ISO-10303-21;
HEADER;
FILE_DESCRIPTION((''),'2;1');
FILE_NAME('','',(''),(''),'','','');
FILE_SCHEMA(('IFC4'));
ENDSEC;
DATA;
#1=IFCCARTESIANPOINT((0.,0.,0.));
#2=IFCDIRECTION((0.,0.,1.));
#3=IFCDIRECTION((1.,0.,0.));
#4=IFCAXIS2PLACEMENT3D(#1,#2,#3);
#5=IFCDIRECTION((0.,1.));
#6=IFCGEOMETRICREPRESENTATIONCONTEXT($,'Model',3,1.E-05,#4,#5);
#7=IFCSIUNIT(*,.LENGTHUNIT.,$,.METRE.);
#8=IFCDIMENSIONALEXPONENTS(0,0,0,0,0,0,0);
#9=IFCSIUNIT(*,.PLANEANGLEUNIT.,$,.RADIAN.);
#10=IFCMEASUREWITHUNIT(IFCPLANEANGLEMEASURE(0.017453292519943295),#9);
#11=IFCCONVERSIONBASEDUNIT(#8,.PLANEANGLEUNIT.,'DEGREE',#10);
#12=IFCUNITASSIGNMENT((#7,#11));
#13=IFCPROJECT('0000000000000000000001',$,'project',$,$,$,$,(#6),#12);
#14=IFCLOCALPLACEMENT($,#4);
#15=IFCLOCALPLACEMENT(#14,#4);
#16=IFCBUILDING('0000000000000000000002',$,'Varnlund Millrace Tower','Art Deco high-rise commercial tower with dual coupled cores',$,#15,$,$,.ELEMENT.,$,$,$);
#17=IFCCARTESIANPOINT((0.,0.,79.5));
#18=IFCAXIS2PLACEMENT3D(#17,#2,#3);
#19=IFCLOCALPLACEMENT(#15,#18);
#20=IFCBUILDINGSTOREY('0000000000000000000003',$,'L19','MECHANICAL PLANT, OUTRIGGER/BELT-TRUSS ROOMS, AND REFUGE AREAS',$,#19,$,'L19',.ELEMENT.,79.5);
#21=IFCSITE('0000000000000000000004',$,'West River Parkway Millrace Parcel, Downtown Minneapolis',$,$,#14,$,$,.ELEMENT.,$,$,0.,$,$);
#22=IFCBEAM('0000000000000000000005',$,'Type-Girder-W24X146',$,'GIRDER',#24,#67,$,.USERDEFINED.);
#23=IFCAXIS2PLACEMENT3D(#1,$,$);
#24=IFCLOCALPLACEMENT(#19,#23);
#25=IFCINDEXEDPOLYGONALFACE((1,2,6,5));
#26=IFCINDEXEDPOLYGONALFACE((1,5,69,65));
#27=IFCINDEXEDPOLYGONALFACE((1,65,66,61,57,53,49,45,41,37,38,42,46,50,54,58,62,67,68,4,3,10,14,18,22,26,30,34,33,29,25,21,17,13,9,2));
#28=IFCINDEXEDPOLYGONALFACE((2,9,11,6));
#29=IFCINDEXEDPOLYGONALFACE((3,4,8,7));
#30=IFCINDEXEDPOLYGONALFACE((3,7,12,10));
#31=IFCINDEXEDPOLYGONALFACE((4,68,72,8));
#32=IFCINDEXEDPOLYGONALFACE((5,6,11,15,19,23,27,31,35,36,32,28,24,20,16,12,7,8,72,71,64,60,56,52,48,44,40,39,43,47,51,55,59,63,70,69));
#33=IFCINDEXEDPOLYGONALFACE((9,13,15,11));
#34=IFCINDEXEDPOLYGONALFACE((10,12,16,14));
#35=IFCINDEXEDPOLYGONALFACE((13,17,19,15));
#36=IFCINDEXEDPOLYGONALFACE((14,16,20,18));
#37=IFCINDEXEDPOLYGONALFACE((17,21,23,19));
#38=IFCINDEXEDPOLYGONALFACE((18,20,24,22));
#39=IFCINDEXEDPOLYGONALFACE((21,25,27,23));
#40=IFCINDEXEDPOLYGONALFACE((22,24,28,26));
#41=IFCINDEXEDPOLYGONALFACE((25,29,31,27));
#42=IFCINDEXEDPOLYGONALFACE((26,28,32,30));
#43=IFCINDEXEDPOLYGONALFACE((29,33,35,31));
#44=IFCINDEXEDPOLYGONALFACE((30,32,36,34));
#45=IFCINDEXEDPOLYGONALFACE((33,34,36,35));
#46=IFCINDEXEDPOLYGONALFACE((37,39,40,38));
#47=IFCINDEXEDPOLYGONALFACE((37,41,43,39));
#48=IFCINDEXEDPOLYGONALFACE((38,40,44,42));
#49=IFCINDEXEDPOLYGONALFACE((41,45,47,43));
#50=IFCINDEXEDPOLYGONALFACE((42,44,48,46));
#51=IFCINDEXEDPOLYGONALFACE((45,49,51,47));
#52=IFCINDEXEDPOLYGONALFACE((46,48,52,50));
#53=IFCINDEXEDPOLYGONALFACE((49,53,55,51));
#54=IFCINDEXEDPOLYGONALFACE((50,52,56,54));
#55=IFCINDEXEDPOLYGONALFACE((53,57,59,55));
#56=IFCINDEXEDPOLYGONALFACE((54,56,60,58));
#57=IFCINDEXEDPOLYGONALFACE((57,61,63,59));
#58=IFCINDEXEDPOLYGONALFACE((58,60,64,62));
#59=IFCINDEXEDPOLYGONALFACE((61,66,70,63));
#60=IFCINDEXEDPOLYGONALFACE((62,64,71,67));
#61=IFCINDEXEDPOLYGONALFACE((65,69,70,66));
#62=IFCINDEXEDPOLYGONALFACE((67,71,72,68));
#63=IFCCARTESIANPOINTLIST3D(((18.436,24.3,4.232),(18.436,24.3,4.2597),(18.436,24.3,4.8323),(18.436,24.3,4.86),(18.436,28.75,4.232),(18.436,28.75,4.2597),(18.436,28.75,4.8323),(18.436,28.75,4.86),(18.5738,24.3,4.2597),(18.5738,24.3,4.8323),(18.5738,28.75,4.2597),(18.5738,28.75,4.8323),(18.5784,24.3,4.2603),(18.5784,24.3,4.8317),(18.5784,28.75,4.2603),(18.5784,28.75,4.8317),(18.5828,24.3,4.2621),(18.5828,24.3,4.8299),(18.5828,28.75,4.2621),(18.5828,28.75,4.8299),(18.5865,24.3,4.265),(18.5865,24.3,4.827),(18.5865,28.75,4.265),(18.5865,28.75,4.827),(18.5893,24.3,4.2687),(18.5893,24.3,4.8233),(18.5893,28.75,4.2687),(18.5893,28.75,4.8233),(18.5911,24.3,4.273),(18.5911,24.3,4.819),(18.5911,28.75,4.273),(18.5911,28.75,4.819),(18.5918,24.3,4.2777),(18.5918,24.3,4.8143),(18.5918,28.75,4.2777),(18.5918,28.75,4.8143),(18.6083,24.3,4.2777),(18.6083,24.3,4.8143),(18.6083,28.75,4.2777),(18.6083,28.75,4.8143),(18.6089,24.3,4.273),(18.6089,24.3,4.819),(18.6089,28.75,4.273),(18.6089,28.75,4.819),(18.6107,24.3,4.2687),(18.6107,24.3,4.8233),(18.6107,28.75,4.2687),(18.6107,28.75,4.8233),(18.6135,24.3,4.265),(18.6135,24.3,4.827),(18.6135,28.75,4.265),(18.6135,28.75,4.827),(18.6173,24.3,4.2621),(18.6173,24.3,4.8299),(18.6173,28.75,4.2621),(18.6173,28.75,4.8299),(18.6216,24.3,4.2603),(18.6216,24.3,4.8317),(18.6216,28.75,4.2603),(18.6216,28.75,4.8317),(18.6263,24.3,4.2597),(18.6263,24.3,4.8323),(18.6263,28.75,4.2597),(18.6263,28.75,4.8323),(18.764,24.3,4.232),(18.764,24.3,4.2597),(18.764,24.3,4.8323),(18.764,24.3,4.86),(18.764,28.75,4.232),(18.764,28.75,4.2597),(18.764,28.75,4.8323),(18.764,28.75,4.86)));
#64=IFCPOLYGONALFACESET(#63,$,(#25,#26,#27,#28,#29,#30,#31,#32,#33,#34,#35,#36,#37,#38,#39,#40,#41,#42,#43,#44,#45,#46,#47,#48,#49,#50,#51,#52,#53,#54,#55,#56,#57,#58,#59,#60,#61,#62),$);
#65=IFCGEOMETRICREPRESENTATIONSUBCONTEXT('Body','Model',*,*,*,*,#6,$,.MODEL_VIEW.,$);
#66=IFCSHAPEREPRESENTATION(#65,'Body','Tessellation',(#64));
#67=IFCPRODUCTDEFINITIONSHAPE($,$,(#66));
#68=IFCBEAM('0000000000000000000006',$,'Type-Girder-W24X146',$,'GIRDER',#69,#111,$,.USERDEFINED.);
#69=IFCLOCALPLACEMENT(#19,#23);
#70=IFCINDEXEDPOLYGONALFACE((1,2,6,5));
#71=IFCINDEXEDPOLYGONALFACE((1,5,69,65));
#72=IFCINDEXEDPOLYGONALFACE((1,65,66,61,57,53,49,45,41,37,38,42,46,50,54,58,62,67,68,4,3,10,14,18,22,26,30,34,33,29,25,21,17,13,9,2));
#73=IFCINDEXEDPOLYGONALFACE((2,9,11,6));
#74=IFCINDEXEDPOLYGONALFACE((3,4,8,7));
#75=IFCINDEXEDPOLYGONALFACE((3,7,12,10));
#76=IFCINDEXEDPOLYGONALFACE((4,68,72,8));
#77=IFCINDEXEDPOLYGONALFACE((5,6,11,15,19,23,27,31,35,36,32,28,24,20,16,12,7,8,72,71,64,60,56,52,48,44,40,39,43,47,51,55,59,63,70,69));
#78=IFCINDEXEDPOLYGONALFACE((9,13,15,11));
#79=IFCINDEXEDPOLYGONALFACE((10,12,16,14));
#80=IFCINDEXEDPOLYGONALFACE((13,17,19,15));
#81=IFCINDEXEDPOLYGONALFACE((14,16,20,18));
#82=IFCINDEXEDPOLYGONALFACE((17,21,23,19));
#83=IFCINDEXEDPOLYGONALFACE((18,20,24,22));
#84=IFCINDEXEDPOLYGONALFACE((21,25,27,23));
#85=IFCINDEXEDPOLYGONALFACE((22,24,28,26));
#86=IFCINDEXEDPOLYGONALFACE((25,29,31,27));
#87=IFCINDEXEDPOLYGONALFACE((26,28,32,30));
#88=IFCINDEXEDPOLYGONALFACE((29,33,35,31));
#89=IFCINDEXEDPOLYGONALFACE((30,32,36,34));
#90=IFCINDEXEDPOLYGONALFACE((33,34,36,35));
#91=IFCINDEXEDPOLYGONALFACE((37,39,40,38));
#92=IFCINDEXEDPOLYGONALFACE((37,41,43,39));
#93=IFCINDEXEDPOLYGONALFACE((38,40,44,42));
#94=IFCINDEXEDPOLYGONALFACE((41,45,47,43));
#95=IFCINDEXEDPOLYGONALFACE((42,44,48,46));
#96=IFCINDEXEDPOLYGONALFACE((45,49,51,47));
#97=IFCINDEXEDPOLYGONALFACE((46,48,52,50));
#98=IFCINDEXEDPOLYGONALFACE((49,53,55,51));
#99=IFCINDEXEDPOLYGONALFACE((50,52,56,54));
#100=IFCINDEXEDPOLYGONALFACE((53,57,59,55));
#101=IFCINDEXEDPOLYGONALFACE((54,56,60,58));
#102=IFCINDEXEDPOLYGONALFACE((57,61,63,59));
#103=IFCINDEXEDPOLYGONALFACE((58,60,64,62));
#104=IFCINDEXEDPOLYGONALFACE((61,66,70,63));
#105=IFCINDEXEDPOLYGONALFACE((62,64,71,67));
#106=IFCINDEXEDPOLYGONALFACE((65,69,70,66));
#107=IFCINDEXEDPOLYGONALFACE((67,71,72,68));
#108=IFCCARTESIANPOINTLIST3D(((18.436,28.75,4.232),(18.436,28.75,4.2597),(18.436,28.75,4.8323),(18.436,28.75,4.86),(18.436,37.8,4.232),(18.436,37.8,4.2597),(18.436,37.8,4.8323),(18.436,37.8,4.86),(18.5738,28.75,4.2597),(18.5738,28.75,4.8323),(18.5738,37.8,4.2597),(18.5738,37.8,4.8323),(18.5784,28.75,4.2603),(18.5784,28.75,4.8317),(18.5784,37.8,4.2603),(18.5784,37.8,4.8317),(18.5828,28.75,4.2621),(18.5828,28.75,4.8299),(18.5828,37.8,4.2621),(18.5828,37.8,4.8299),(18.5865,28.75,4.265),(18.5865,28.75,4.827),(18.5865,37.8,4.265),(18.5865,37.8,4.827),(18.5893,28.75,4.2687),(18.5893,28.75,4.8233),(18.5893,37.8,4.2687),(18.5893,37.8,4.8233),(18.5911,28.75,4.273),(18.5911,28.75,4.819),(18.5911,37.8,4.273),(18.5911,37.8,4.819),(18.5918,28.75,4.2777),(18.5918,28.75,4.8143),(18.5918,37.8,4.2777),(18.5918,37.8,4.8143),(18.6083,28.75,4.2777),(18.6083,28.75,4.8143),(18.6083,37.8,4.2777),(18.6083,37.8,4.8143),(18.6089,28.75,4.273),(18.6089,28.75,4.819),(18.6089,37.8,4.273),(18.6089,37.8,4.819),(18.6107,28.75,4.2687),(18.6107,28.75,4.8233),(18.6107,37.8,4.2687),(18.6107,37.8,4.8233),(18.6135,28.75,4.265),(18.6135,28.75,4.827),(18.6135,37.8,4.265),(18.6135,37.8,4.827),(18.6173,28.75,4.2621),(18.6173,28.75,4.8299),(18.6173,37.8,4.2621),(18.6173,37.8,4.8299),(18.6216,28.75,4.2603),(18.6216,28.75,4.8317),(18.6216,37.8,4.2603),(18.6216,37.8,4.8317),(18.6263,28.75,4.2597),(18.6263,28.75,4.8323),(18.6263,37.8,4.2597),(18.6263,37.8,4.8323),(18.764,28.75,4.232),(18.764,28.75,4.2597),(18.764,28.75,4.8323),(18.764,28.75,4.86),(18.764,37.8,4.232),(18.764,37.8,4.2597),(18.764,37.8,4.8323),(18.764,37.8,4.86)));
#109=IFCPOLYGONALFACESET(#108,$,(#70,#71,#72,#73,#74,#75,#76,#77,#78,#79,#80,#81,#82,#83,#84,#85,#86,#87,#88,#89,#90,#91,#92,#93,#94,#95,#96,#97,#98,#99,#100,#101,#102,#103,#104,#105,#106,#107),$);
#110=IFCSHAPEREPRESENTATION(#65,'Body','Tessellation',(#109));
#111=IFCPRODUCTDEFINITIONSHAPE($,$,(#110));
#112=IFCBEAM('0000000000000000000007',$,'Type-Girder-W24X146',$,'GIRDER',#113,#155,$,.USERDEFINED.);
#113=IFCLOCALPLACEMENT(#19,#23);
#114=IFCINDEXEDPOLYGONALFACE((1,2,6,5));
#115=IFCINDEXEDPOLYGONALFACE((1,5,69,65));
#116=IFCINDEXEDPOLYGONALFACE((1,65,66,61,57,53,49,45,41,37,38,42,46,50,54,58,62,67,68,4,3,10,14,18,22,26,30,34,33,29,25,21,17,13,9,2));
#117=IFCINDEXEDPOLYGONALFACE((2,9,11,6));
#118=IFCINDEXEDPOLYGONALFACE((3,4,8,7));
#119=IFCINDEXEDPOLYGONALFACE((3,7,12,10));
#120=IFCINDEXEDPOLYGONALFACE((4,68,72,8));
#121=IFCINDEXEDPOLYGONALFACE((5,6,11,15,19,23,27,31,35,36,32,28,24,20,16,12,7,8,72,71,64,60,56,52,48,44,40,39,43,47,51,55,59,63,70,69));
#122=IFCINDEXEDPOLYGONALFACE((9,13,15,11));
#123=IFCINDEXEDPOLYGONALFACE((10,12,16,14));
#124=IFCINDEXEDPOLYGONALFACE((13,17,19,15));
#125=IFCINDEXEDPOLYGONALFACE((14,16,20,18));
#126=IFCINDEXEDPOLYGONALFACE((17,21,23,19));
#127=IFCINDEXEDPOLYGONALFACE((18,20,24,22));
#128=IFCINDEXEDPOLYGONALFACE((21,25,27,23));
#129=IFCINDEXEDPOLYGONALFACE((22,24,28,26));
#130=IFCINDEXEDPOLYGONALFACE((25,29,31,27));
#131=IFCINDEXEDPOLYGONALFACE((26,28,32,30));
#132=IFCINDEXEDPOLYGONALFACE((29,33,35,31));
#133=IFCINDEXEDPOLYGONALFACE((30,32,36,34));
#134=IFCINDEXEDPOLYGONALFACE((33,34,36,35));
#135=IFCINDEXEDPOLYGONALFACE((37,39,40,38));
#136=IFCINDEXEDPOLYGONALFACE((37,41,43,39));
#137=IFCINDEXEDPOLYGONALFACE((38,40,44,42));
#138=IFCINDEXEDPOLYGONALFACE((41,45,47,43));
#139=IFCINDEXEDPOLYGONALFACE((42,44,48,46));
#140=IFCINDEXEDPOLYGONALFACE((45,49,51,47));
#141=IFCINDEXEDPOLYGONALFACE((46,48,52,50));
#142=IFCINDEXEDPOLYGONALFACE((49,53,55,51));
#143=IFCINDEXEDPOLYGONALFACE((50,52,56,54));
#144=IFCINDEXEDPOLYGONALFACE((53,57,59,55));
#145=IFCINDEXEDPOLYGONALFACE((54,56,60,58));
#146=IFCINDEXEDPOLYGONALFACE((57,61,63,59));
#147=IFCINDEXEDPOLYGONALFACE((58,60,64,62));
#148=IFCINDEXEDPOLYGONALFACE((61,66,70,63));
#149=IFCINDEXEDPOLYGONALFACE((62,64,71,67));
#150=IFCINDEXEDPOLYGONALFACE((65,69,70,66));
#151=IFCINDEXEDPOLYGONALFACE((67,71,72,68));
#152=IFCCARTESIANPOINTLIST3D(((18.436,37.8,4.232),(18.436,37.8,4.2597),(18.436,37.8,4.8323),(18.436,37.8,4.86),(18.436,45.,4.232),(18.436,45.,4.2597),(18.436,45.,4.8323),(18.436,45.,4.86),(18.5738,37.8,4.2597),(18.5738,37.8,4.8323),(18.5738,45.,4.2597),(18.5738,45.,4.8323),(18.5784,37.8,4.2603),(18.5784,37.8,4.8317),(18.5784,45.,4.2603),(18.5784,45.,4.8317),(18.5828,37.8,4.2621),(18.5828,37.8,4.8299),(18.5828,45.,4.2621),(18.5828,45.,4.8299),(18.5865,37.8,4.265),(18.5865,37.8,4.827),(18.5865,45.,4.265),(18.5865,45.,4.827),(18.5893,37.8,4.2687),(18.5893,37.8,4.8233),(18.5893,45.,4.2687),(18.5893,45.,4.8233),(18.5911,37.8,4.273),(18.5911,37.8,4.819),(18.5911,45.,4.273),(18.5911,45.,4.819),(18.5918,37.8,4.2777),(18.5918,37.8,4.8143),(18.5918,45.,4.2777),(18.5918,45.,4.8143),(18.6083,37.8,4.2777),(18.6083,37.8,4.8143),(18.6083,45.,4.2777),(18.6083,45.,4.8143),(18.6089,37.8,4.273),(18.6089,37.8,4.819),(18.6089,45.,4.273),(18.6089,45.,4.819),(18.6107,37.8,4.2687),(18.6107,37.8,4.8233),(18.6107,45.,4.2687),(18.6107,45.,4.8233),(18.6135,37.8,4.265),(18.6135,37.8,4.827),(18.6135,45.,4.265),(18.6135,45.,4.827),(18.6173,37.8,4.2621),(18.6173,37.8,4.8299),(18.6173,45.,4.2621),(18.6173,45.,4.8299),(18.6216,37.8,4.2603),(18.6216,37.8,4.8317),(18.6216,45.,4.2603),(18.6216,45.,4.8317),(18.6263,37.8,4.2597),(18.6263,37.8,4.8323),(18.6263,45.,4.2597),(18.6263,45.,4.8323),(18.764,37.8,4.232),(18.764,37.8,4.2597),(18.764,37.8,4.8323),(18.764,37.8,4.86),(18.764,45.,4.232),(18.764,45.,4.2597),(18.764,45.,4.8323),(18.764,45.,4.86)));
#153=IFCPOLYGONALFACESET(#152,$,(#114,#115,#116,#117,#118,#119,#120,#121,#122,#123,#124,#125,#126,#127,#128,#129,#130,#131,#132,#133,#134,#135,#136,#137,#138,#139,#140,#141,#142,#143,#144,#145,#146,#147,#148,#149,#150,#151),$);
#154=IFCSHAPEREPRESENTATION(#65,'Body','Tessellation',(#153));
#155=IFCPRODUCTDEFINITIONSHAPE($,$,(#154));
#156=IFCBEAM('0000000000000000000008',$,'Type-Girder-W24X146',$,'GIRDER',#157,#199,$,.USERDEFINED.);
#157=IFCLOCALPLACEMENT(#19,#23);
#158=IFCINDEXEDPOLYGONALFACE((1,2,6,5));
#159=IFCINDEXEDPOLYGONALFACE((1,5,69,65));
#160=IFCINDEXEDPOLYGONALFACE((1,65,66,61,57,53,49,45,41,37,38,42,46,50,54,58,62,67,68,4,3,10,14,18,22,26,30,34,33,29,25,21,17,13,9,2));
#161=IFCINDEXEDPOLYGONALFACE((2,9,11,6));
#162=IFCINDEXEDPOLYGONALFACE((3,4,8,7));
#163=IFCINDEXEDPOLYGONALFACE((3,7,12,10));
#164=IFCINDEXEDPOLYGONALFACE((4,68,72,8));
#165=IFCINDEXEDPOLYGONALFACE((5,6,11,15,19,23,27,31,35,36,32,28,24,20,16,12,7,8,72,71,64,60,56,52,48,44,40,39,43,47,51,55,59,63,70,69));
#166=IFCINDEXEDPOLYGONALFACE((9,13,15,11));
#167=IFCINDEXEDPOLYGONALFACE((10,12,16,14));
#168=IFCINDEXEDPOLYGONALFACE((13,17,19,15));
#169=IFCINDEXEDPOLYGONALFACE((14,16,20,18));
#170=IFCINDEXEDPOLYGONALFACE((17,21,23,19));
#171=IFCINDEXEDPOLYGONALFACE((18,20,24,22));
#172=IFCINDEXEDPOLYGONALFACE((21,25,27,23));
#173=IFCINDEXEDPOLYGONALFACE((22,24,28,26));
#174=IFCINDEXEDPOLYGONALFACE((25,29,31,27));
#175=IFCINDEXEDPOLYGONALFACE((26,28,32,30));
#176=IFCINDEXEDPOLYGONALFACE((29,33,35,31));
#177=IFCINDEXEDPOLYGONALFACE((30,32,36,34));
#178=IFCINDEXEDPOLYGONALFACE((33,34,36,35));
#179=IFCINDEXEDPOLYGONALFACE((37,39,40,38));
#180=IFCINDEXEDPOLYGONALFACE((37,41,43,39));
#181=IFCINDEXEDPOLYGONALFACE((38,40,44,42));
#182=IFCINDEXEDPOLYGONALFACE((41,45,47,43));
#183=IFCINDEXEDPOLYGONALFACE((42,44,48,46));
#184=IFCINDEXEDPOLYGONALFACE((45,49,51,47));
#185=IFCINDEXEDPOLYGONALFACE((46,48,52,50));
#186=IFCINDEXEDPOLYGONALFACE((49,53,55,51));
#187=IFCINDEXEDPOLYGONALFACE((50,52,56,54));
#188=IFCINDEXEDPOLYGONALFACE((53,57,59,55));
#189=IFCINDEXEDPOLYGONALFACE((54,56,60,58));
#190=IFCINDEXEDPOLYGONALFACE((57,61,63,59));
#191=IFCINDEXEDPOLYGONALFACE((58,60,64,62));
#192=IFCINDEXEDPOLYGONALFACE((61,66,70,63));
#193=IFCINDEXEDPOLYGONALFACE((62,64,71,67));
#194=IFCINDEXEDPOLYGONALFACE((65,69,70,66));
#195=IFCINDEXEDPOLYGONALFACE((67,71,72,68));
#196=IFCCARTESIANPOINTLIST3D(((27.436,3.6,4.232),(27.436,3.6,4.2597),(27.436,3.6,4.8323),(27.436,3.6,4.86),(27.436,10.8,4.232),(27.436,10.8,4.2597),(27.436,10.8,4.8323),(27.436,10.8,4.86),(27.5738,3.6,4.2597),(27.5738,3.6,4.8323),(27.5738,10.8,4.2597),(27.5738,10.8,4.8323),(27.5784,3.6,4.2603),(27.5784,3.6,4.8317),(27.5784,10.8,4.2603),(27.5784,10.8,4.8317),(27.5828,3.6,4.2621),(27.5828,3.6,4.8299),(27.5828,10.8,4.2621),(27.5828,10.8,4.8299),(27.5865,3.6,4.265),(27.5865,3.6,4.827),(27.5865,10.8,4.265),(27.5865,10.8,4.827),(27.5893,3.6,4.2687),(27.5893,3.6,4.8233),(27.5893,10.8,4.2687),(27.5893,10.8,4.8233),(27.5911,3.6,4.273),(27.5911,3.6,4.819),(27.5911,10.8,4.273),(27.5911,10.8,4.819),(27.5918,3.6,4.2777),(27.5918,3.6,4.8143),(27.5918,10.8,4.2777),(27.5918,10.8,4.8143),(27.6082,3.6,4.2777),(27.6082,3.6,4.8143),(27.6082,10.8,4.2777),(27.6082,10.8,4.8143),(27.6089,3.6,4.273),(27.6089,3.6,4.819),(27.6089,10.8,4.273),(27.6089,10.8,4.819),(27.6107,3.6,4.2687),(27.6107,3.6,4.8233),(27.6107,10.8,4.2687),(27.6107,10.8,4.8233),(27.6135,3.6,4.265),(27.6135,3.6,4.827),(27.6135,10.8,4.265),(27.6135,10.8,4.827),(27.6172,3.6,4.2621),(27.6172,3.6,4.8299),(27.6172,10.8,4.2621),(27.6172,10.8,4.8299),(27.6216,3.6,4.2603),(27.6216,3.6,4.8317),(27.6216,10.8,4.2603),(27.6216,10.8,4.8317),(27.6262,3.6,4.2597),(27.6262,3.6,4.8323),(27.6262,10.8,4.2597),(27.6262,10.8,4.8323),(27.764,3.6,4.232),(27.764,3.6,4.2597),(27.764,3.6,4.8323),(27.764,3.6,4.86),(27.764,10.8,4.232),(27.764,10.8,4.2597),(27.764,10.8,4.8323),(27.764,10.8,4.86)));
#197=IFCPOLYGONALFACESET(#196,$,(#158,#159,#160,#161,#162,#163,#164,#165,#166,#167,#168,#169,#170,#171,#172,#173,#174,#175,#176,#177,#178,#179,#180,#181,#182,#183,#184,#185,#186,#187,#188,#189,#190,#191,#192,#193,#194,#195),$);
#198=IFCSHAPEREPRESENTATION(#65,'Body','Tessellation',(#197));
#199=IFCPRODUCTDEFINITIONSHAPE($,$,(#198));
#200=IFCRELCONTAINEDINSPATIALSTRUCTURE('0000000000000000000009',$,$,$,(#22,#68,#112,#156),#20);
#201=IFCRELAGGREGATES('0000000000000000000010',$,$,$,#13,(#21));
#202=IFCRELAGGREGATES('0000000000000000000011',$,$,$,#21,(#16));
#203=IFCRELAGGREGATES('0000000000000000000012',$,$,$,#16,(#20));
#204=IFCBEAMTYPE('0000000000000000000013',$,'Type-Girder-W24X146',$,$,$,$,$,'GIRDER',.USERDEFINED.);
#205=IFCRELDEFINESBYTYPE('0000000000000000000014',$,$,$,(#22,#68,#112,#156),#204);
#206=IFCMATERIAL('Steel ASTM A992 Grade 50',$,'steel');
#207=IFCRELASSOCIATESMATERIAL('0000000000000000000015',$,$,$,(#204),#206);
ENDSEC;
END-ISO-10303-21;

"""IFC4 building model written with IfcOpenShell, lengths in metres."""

from ifc_helpers import new_model, entity, si_unit, converted_unit, direction, frame, origin_with_axes, origin_2d_with_axis, place, context, subcontext, project, spatial, i_section, extrude, material, material_profile, profile_set, type_object, element, save


model = new_model("IFC4")

# Units and contexts
model_context = context("Model", 3, precision=1e-05, world=origin_with_axes(), true_north=direction((0.0, 1.0)))
body_context = subcontext(model_context, "Body", "Model", "MODEL_VIEW")
ifc_project = project(units=[si_unit("LENGTHUNIT", "METRE"), converted_unit("PLANEANGLEUNIT", "DEGREE", entity("IfcPlaneAngleMeasure", 0.017453292519943295), si_unit("PLANEANGLEUNIT", "RADIAN"), dimensions=[0, 0, 0, 0, 0, 0, 0])], contexts=[model_context])

# Site, building, storey
site_placement = place(None, origin_with_axes())
site = spatial("IfcSite", under=ifc_project, at=site_placement, Name="West River Parkway Millrace Parcel, Downtown Minneapolis", CompositionType="ELEMENT", RefElevation=0.0)
building_placement = place(site_placement, origin_with_axes())
building = spatial("IfcBuilding", under=site, at=building_placement, Name="Varnlund Millrace Tower", Description="Art Deco high-rise commercial tower with dual coupled cores", CompositionType="ELEMENT")
storey_placement = place(building_placement, frame((0.0, 0.0, 79.5), z_axis=(0.0, 0.0, 1.0), x_axis=(1.0, 0.0, 0.0)))
storey = spatial("IfcBuildingStorey", under=building, at=storey_placement, Name="L19", Description="MECHANICAL PLANT, OUTRIGGER/BELT-TRUSS ROOMS, AND REFUGE AREAS", LongName="L19", CompositionType="ELEMENT", Elevation=79.5)

# Beams
ifc_material_1 = material(Name="Steel ASTM A992 Grade 50", Category="steel")
ifc_material_profile_1 = material_profile(ifc_material_1, i_section(OverallWidth=0.328, OverallDepth=0.628, WebThickness=0.0165, FlangeThickness=0.0277, FilletRadius=0.018, at=origin_2d_with_axis()), Name="Steel ASTM A992 Grade 50")
ifc_profile_set_1 = profile_set([ifc_material_profile_1], Name="Steel ASTM A992 Grade 50")
beam_type_1 = type_object("IfcBeamType", Name="Type-Girder-W24X146", ElementType="GIRDER", PredefinedType="USERDEFINED", material=ifc_profile_set_1)
beam_1_placement = place(storey_placement, frame((18.6, 24.3, 4.546), z_axis=(0.0, 1.0, 0.0), x_axis=(-1.0, 0.0, 0.0)))
element("IfcBeam", 1, at=beam_1_placement, inside=storey, type_object=beam_type_1, Name="Type-Girder-W24X146", ObjectType="GIRDER", PredefinedType="USERDEFINED", context=body_context, shape_type="SweptSolid", body=[
    extrude(i_section(OverallWidth=0.328, OverallDepth=0.628, WebThickness=0.0165, FlangeThickness=0.0277, FilletRadius=0.018, at=origin_2d_with_axis()), origin_with_axes(), (0.0, 0.0, 1.0), 4.45),
])
beam_2_placement = place(storey_placement, frame((18.6, 28.75, 4.546), z_axis=(0.0, 1.0, 0.0), x_axis=(-1.0, 0.0, 0.0)))
element("IfcBeam", 2, at=beam_2_placement, inside=storey, type_object=beam_type_1, Name="Type-Girder-W24X146", ObjectType="GIRDER", PredefinedType="USERDEFINED", context=body_context, shape_type="SweptSolid", body=[
    extrude(i_section(OverallWidth=0.328, OverallDepth=0.628, WebThickness=0.0165, FlangeThickness=0.0277, FilletRadius=0.018, at=origin_2d_with_axis()), origin_with_axes(), (0.0, 0.0, 1.0), 9.05),
])
for number, where, z_axis, x_axis, name in (
    (3, (18.6, 37.8, 4.546), (0.0, 1.0, 0.0), (-1.0, 0.0, 0.0), "Type-Girder-W24X146"),
    (4, (27.6, 3.6, 4.546), (0.0, 1.0, 0.0), (-1.0, 0.0, 0.0), "Type-Girder-W24X146"),
):
    element("IfcBeam", number, at=place(storey_placement, frame(where, z_axis=z_axis, x_axis=x_axis)), inside=storey, type_object=beam_type_1, Name=name, ObjectType="GIRDER", PredefinedType="USERDEFINED", context=body_context, shape_type="SweptSolid", body=[
        extrude(i_section(OverallWidth=0.328, OverallDepth=0.628, WebThickness=0.0165, FlangeThickness=0.0277, FilletRadius=0.018, at=origin_2d_with_axis()), origin_with_axes(), (0.0, 0.0, 1.0), 7.2),
    ])

save(model, "model.ifc")
